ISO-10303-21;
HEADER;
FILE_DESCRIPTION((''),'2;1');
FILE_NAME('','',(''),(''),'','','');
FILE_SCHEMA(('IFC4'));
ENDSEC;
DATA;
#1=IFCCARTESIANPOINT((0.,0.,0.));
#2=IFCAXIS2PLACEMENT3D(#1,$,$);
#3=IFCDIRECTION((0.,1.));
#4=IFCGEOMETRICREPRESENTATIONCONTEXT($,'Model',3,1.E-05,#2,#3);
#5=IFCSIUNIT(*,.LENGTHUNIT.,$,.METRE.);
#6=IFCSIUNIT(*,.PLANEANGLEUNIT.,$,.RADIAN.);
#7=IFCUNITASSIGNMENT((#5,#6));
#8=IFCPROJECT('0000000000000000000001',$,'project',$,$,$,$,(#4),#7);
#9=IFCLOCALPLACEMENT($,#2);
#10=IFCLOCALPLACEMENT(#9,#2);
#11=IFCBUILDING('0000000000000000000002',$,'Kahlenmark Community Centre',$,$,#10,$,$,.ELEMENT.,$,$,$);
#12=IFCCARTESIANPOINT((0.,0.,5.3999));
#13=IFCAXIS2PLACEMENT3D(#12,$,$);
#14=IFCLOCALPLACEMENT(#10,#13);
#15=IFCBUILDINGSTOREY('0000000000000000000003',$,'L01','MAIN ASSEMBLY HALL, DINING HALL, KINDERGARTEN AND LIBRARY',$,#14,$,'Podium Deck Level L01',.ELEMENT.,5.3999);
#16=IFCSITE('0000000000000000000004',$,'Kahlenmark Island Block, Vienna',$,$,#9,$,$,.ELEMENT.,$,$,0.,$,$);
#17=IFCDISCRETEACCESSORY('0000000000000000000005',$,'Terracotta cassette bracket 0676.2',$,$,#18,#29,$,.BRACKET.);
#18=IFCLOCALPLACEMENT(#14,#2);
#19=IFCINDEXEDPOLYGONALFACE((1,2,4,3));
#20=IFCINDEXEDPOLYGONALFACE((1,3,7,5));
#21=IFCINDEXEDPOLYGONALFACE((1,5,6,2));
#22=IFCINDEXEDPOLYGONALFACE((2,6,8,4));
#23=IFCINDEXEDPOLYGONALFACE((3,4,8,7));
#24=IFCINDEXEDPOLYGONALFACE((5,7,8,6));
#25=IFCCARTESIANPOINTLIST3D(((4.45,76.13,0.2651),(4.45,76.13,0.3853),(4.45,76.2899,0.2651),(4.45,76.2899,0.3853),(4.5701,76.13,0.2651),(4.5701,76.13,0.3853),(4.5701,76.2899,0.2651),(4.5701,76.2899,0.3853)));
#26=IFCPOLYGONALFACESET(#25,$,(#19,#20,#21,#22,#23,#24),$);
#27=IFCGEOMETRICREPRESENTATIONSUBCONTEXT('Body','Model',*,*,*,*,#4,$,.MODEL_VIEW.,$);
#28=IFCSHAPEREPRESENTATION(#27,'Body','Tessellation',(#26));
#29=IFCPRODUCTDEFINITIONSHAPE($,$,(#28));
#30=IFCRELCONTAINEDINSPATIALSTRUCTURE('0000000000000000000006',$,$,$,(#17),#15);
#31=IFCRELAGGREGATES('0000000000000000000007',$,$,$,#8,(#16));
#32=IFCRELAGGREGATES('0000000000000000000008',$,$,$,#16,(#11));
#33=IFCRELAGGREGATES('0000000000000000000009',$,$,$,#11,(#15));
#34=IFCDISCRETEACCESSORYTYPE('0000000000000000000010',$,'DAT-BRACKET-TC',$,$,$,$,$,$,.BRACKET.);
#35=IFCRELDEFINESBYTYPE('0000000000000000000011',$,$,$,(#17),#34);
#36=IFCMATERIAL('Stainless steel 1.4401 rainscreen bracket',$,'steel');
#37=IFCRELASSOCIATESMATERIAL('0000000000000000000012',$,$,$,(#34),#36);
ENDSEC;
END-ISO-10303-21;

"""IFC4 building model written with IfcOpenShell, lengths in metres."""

from ifc_helpers import new_model, si_unit, direction, frame, origin, origin_2d, place, context, subcontext, project, spatial, rectangle, extrude, material, type_object, element, save


model = new_model("IFC4")

# Units and contexts
model_context = context("Model", 3, precision=1e-05, world=origin(), true_north=direction((0.0, 1.0)))
body_context = subcontext(model_context, "Body", "Model", "MODEL_VIEW")
ifc_project = project(units=[si_unit("LENGTHUNIT", "METRE"), si_unit("PLANEANGLEUNIT", "RADIAN")], contexts=[model_context])

# Site, building, storey
site_placement = place(None, origin())
site = spatial("IfcSite", under=ifc_project, at=site_placement, Name="Kahlenmark Island Block, Vienna", CompositionType="ELEMENT", RefElevation=0.0)
building_placement = place(site_placement, origin())
building = spatial("IfcBuilding", under=site, at=building_placement, Name="Kahlenmark Community Centre", CompositionType="ELEMENT")
storey_placement = place(building_placement, frame((0.0, 0.0, 5.3999)))
storey = spatial("IfcBuildingStorey", under=building, at=storey_placement, Name="L01", Description="MAIN ASSEMBLY HALL, DINING HALL, KINDERGARTEN AND LIBRARY", LongName="Podium Deck Level L01", CompositionType="ELEMENT", Elevation=5.3999)

# Discrete accessory
ifc_material_1 = material(Name="Stainless steel 1.4401 rainscreen bracket", Category="steel")
discrete_accessory_type = type_object("IfcDiscreteAccessoryType", Name="DAT-BRACKET-TC", PredefinedType="BRACKET", material=ifc_material_1)
discrete_accessory_placement = place(storey_placement, frame((4.51, 76.21, 0.2651), z_axis=(0.0, 0.0, 1.0), x_axis=(-1.0, 0.0, 0.0)))
element("IfcDiscreteAccessory", 1, at=discrete_accessory_placement, inside=storey, type_object=discrete_accessory_type, Name="Terracotta cassette bracket 0676.2", PredefinedType="BRACKET", context=body_context, shape_type="SweptSolid", body=[
    extrude(rectangle(XDim=0.1201, YDim=0.1599, at=origin_2d()), origin(), (0.0, 0.0, 1.0), 0.1201),
])

save(model, "model.ifc")
